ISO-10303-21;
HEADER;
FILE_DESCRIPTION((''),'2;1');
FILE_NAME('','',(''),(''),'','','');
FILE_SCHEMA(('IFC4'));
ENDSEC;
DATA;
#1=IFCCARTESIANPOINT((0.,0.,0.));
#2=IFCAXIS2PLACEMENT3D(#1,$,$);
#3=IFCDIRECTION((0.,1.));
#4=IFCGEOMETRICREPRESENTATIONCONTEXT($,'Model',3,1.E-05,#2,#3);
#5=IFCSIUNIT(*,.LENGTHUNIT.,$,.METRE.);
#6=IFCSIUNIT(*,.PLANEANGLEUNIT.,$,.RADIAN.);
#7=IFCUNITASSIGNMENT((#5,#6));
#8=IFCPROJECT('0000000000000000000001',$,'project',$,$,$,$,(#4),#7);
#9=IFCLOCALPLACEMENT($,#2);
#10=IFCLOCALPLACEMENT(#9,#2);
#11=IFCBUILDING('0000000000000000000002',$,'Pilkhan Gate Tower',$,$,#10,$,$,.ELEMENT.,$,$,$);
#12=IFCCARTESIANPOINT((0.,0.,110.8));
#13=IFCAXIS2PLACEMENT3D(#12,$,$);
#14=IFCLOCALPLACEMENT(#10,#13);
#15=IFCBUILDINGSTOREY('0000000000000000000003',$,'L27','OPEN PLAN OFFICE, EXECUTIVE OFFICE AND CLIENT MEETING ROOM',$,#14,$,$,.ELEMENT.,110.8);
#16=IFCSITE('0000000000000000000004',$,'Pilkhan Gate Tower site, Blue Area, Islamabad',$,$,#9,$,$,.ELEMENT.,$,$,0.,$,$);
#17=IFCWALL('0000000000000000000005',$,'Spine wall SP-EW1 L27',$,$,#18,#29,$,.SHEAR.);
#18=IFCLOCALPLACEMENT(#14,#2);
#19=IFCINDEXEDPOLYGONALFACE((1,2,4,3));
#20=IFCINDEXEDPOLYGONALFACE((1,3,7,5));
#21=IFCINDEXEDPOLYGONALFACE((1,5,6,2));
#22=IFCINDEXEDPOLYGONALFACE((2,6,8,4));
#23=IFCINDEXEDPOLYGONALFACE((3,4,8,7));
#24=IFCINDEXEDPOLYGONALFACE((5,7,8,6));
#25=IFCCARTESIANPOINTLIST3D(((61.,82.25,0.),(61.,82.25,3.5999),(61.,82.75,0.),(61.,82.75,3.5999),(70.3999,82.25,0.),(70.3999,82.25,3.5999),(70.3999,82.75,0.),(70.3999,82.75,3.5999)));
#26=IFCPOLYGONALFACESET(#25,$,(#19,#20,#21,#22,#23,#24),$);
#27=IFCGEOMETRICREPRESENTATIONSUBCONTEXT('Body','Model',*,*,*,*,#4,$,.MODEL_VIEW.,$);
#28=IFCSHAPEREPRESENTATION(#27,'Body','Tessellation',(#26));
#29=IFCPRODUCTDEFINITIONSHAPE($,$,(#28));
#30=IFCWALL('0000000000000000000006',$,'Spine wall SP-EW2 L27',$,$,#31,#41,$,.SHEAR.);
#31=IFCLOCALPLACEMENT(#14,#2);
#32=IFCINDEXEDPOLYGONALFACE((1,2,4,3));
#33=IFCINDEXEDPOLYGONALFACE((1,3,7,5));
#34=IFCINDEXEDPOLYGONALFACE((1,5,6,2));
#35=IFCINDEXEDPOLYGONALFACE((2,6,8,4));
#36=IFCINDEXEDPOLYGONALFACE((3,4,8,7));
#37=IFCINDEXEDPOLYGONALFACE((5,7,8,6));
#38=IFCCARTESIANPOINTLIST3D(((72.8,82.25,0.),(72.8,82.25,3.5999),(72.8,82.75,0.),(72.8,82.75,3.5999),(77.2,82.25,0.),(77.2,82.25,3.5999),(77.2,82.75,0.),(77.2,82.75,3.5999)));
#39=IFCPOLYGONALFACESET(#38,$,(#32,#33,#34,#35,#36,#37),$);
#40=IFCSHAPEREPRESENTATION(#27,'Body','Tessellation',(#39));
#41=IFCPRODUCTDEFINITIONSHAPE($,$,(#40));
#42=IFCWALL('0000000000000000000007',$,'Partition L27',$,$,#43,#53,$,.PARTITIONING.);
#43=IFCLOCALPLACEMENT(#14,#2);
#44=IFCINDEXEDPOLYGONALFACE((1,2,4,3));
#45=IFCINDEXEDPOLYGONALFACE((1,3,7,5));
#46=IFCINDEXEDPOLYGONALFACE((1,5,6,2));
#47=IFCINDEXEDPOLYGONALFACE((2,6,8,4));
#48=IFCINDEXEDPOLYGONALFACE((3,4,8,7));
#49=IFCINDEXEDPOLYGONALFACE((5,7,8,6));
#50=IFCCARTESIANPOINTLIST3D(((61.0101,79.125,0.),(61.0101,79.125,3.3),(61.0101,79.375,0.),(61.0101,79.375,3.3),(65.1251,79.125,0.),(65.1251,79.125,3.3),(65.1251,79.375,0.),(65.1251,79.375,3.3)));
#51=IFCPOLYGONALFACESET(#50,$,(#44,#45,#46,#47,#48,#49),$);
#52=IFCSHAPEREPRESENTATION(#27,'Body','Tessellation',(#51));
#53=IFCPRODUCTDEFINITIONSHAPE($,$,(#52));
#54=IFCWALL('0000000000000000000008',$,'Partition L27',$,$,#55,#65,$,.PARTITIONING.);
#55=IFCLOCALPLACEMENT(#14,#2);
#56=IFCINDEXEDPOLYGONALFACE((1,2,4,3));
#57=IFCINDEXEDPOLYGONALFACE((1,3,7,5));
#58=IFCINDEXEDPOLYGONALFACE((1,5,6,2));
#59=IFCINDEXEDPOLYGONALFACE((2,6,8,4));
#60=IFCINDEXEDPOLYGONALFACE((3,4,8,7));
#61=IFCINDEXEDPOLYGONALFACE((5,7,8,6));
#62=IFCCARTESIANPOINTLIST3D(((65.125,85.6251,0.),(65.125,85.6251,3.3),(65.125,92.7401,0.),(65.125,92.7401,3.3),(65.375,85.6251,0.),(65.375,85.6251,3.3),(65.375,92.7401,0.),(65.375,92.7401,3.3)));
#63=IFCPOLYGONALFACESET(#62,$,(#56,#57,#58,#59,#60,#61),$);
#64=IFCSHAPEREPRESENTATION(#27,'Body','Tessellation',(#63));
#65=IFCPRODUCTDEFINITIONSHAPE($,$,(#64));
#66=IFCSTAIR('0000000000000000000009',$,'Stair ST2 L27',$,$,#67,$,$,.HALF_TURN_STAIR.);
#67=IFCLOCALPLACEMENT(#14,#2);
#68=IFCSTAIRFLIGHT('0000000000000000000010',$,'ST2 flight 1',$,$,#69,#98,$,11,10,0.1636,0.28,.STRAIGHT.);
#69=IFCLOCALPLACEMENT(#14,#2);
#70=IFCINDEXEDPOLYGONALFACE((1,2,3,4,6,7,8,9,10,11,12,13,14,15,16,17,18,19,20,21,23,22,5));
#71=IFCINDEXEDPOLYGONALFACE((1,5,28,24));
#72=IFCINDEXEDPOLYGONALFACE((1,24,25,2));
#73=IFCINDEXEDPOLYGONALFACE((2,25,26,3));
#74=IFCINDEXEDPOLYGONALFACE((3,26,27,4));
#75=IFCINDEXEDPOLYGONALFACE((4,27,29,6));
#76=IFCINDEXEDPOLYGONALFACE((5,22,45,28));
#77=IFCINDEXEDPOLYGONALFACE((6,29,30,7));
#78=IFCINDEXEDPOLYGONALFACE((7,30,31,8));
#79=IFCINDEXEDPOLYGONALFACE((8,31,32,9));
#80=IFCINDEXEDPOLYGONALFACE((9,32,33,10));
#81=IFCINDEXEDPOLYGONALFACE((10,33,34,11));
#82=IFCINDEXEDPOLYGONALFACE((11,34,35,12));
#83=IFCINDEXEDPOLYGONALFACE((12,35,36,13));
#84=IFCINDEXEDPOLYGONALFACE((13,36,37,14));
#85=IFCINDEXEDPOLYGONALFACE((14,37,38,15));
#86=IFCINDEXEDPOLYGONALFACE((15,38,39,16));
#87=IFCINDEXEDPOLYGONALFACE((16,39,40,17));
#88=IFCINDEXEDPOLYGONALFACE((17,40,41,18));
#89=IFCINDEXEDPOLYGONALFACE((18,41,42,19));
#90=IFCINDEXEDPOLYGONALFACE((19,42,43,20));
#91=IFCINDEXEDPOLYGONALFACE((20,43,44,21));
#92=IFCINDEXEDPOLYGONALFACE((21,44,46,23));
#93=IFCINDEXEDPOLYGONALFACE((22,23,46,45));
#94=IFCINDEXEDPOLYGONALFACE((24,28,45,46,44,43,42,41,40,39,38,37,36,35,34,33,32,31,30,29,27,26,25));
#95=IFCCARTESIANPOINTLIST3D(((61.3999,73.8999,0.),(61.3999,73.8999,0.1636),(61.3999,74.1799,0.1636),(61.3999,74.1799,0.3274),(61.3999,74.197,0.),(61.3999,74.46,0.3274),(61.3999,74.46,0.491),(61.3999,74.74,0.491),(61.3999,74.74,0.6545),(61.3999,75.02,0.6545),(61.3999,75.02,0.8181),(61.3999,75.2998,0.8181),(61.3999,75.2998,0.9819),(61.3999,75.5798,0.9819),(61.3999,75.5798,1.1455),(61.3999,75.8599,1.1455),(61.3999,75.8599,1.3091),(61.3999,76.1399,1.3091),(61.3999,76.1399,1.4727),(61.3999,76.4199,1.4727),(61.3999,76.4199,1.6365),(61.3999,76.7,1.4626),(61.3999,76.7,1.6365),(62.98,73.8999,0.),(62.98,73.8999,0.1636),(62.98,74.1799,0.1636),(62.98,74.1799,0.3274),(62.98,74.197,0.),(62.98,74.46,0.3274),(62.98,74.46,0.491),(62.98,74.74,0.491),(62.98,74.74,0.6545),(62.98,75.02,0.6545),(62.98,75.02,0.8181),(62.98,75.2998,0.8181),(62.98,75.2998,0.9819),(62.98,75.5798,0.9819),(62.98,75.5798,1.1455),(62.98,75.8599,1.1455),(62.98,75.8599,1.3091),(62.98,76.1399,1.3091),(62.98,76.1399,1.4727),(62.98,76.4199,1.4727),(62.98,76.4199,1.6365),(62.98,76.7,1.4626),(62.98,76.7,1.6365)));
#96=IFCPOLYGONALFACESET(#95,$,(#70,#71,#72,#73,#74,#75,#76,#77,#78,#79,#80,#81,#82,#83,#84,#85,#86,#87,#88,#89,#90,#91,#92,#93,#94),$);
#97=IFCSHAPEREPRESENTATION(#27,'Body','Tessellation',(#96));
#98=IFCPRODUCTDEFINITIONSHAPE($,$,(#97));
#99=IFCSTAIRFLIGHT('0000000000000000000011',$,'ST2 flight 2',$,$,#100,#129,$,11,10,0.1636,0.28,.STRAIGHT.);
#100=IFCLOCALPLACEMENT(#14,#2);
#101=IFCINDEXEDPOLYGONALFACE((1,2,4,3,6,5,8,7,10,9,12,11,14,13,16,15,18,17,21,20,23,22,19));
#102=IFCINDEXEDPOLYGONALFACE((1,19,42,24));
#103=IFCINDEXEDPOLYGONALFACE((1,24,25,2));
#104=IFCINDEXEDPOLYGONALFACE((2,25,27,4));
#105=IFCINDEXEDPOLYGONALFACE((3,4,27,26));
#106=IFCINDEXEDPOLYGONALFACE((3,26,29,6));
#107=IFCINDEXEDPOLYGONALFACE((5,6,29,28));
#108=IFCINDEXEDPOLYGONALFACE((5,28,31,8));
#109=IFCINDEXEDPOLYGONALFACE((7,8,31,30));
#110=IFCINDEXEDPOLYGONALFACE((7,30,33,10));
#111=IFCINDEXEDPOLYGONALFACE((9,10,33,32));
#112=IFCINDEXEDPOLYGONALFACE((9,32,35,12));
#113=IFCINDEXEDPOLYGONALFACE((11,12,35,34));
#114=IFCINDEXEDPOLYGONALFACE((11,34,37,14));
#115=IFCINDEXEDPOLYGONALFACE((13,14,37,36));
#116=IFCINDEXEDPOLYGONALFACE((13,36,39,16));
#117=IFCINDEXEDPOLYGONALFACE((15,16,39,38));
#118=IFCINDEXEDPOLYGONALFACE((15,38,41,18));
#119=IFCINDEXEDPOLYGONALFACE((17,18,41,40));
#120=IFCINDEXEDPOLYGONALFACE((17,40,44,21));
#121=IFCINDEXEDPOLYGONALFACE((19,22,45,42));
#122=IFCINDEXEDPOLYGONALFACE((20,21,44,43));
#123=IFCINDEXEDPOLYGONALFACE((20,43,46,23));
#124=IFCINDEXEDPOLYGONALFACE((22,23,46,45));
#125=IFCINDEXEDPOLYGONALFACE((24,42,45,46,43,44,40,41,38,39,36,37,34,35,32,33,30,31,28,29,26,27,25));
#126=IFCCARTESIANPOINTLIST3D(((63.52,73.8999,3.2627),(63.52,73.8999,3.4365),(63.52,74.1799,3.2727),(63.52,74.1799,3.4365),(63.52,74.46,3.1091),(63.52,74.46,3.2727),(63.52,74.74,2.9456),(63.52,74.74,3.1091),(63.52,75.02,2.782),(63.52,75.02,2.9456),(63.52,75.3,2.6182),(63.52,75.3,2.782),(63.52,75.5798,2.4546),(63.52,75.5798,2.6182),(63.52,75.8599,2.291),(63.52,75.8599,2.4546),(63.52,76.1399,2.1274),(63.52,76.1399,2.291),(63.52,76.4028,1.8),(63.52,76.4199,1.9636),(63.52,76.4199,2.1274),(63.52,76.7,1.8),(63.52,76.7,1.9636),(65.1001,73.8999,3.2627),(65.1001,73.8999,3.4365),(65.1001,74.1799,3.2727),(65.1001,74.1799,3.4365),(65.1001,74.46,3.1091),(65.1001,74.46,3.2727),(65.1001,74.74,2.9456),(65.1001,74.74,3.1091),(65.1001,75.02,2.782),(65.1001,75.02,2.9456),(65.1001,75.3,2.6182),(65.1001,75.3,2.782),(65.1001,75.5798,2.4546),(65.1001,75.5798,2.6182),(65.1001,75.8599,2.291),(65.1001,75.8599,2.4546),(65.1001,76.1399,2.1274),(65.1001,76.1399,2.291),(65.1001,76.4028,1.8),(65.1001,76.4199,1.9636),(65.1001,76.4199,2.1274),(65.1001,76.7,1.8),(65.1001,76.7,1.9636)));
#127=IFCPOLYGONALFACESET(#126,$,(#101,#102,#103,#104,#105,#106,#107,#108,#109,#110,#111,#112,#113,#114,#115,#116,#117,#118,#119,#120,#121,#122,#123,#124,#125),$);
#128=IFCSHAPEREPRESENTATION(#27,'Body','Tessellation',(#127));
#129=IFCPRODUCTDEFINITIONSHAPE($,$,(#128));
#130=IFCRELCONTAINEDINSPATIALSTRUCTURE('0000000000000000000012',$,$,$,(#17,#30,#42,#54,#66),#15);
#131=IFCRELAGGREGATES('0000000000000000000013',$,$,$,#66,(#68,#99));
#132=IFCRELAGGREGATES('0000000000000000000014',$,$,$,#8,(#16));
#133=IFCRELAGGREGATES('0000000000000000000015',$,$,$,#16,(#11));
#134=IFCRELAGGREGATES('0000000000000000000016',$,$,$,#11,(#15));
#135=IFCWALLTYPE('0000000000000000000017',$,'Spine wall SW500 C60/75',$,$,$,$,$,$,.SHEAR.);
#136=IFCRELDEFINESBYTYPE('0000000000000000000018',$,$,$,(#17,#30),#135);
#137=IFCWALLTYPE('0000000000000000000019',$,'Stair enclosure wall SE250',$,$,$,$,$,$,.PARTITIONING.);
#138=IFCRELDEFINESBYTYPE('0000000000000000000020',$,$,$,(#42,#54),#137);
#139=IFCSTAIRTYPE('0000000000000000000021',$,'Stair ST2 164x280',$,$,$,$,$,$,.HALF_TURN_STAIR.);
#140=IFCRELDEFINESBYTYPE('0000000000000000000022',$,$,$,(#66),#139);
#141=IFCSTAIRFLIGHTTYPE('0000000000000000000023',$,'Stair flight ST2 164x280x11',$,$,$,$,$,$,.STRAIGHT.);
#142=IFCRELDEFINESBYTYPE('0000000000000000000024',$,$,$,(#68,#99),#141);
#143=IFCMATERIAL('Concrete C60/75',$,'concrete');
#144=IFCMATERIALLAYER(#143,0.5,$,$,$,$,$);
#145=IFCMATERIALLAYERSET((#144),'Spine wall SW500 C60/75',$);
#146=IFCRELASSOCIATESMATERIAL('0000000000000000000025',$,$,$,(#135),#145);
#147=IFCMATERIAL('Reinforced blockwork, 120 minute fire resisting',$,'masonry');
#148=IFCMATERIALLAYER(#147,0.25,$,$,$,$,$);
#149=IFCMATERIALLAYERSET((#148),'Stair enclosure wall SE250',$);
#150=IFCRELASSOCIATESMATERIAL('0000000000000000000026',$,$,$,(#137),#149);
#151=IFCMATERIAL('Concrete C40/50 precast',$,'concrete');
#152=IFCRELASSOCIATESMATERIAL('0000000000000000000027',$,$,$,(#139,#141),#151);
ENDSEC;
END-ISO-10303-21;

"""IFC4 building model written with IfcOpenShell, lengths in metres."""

from ifc_helpers import new_model, si_unit, direction, frame, frame_2d, origin, place, context, subcontext, project, spatial, polyline, rectangle, outline, extrude, material, layer, layer_set, type_object, element, aggregate, save


model = new_model("IFC4")

# Units and contexts
model_context = context("Model", 3, precision=1e-05, world=origin(), true_north=direction((0.0, 1.0)))
body_context = subcontext(model_context, "Body", "Model", "MODEL_VIEW")
ifc_project = project(units=[si_unit("LENGTHUNIT", "METRE"), si_unit("PLANEANGLEUNIT", "RADIAN")], contexts=[model_context])

# Site, building, storey
site_placement = place(None, origin())
site = spatial("IfcSite", under=ifc_project, at=site_placement, Name="Pilkhan Gate Tower site, Blue Area, Islamabad", CompositionType="ELEMENT", RefElevation=0.0)
building_placement = place(site_placement, origin())
building = spatial("IfcBuilding", under=site, at=building_placement, Name="Pilkhan Gate Tower", CompositionType="ELEMENT")
storey_placement = place(building_placement, frame((0.0, 0.0, 110.8)))
storey = spatial("IfcBuildingStorey", under=building, at=storey_placement, Name="L27", Description="OPEN PLAN OFFICE, EXECUTIVE OFFICE AND CLIENT MEETING ROOM", CompositionType="ELEMENT", Elevation=110.8)

# Shared definitions
ifc_material_1 = material(Name="Concrete C60/75", Category="concrete")

# Walls
ifc_layer_1 = layer(ifc_material_1, 0.5)
ifc_layer_set_1 = layer_set([ifc_layer_1], Name="Spine wall SW500 C60/75")
wall_type_1 = type_object("IfcWallType", Name="Spine wall SW500 C60/75", PredefinedType="SHEAR", material=ifc_layer_set_1)
wall_1_placement = place(storey_placement, frame((61.0, 82.5, 0.0), z_axis=(0.0, 0.0, 1.0), x_axis=(1.0, 0.0, 0.0)))
element("IfcWall", 1, at=wall_1_placement, inside=storey, type_object=wall_type_1, Name="Spine wall SP-EW1 L27", PredefinedType="SHEAR", context=body_context, shape_type="SweptSolid", body=[
    extrude(rectangle(XDim=9.3999, YDim=0.5, at=frame_2d((4.7, 0.0))), origin(), (0.0, 0.0, 1.0), 3.5999),
])
wall_2_placement = place(storey_placement, frame((72.8, 82.5, 0.0), z_axis=(0.0, 0.0, 1.0), x_axis=(1.0, 0.0, 0.0)))
element("IfcWall", 2, at=wall_2_placement, inside=storey, type_object=wall_type_1, Name="Spine wall SP-EW2 L27", PredefinedType="SHEAR", context=body_context, shape_type="SweptSolid", body=[
    extrude(rectangle(XDim=4.3999, YDim=0.5, at=frame_2d((2.2, 0.0))), origin(), (0.0, 0.0, 1.0), 3.5999),
])
ifc_material_2 = material(Name="Reinforced blockwork, 120 minute fire resisting", Category="masonry")
ifc_layer_2 = layer(ifc_material_2, 0.25)
ifc_layer_set_2 = layer_set([ifc_layer_2], Name="Stair enclosure wall SE250")
wall_type_2 = type_object("IfcWallType", Name="Stair enclosure wall SE250", PredefinedType="PARTITIONING", material=ifc_layer_set_2)
wall_3_placement = place(storey_placement, frame((61.01, 79.25, 0.0), z_axis=(0.0, 0.0, 1.0), x_axis=(1.0, 0.0, 0.0)))
element("IfcWall", 3, at=wall_3_placement, inside=storey, type_object=wall_type_2, Name="Partition L27", PredefinedType="PARTITIONING", context=body_context, shape_type="SweptSolid", body=[
    extrude(rectangle(XDim=4.115, YDim=0.25, at=frame_2d((2.0576, 0.0))), origin(), (0.0, 0.0, 1.0), 3.3),
])
wall_4_placement = place(storey_placement, frame((65.25, 85.625, 0.0), z_axis=(0.0, 0.0, 1.0), x_axis=(0.0, 1.0, 0.0)))
element("IfcWall", 4, at=wall_4_placement, inside=storey, type_object=wall_type_2, Name="Partition L27", PredefinedType="PARTITIONING", context=body_context, shape_type="SweptSolid", body=[
    extrude(rectangle(XDim=7.115, YDim=0.25, at=frame_2d((3.5576, 0.0))), origin(), (0.0, 0.0, 1.0), 3.3),
])

# Stair, stair flights
ifc_material_3 = material(Name="Concrete C40/50 precast", Category="concrete")
stair_type = type_object("IfcStairType", Name="Stair ST2 164x280", PredefinedType="HALF_TURN_STAIR", material=ifc_material_3)
stair_placement = place(storey_placement, origin())
stair = element("IfcStair", 5, at=stair_placement, inside=storey, type_object=stair_type, Name="Stair ST2 L27", PredefinedType="HALF_TURN_STAIR")
stair_flight_type = type_object("IfcStairFlightType", Name="Stair flight ST2 164x280x11", PredefinedType="STRAIGHT", material=ifc_material_3)
stair_flight_1_placement = place(storey_placement, frame((62.1899, 73.8999, 0.0), z_axis=(0.0, 0.0, 1.0), x_axis=(0.0, 1.0, 0.0)))
stair_flight_1 = element("IfcStairFlight", 6, at=stair_flight_1_placement, type_object=stair_flight_type, Name="ST2 flight 1", NumberOfRisers=11, NumberOfTreads=10, PredefinedType="STRAIGHT", RiserHeight=0.1636, TreadLength=0.28, context=body_context, shape_type="SweptSolid", body=[
    extrude(outline(polyline([(0.0, 0.0), (0.0, 0.1636), (0.28, 0.1636), (0.28, 0.3274), (0.5601, 0.3274), (0.5601, 0.491), (0.8401, 0.491), (0.8401, 0.6545), (1.1201, 0.6545), (1.1201, 0.8181), (1.3999, 0.8181), (1.3999, 0.9819), (1.6799, 0.9819), (1.6799, 1.1455), (1.96, 1.1455), (1.96, 1.3091), (2.24, 1.3091), (2.24, 1.4727), (2.52, 1.4727), (2.52, 1.6365), (2.8, 1.6365), (2.8, 1.8), (2.8, 1.4626), (0.2971, 0.0), (0.0, 0.0)])), frame((0.0, 0.79, 0.0), z_axis=(0.0, -1.0, 0.0), x_axis=(1.0, 0.0, 0.0)), (0.0, 0.0, 1.0), 1.5801),
])
stair_flight_2_placement = place(storey_placement, frame((64.3101, 76.7, 1.8), z_axis=(0.0, 0.0, 1.0), x_axis=(0.0, -1.0, 0.0)))
stair_flight_2 = element("IfcStairFlight", 7, at=stair_flight_2_placement, type_object=stair_flight_type, Name="ST2 flight 2", NumberOfRisers=11, NumberOfTreads=10, PredefinedType="STRAIGHT", RiserHeight=0.1636, TreadLength=0.28, context=body_context, shape_type="SweptSolid", body=[
    extrude(outline(polyline([(0.0, 0.0), (0.0, 0.1636), (0.28, 0.1636), (0.28, 0.3274), (0.5601, 0.3274), (0.5601, 0.491), (0.8401, 0.491), (0.8401, 0.6545), (1.1201, 0.6545), (1.1201, 0.8181), (1.3999, 0.8181), (1.3999, 0.9819), (1.6799, 0.9819), (1.6799, 1.1455), (1.96, 1.1455), (1.96, 1.3091), (2.24, 1.3091), (2.24, 1.4727), (2.52, 1.4727), (2.52, 1.6365), (2.8, 1.6365), (2.8, 1.8), (2.8, 1.4626), (0.2971, 0.0), (0.0, 0.0)])), frame((0.0, 0.79, 0.0), z_axis=(0.0, -1.0, 0.0), x_axis=(1.0, 0.0, 0.0)), (0.0, 0.0, 1.0), 1.5801),
])
aggregate(stair, [stair_flight_1, stair_flight_2])

save(model, "model.ifc")
